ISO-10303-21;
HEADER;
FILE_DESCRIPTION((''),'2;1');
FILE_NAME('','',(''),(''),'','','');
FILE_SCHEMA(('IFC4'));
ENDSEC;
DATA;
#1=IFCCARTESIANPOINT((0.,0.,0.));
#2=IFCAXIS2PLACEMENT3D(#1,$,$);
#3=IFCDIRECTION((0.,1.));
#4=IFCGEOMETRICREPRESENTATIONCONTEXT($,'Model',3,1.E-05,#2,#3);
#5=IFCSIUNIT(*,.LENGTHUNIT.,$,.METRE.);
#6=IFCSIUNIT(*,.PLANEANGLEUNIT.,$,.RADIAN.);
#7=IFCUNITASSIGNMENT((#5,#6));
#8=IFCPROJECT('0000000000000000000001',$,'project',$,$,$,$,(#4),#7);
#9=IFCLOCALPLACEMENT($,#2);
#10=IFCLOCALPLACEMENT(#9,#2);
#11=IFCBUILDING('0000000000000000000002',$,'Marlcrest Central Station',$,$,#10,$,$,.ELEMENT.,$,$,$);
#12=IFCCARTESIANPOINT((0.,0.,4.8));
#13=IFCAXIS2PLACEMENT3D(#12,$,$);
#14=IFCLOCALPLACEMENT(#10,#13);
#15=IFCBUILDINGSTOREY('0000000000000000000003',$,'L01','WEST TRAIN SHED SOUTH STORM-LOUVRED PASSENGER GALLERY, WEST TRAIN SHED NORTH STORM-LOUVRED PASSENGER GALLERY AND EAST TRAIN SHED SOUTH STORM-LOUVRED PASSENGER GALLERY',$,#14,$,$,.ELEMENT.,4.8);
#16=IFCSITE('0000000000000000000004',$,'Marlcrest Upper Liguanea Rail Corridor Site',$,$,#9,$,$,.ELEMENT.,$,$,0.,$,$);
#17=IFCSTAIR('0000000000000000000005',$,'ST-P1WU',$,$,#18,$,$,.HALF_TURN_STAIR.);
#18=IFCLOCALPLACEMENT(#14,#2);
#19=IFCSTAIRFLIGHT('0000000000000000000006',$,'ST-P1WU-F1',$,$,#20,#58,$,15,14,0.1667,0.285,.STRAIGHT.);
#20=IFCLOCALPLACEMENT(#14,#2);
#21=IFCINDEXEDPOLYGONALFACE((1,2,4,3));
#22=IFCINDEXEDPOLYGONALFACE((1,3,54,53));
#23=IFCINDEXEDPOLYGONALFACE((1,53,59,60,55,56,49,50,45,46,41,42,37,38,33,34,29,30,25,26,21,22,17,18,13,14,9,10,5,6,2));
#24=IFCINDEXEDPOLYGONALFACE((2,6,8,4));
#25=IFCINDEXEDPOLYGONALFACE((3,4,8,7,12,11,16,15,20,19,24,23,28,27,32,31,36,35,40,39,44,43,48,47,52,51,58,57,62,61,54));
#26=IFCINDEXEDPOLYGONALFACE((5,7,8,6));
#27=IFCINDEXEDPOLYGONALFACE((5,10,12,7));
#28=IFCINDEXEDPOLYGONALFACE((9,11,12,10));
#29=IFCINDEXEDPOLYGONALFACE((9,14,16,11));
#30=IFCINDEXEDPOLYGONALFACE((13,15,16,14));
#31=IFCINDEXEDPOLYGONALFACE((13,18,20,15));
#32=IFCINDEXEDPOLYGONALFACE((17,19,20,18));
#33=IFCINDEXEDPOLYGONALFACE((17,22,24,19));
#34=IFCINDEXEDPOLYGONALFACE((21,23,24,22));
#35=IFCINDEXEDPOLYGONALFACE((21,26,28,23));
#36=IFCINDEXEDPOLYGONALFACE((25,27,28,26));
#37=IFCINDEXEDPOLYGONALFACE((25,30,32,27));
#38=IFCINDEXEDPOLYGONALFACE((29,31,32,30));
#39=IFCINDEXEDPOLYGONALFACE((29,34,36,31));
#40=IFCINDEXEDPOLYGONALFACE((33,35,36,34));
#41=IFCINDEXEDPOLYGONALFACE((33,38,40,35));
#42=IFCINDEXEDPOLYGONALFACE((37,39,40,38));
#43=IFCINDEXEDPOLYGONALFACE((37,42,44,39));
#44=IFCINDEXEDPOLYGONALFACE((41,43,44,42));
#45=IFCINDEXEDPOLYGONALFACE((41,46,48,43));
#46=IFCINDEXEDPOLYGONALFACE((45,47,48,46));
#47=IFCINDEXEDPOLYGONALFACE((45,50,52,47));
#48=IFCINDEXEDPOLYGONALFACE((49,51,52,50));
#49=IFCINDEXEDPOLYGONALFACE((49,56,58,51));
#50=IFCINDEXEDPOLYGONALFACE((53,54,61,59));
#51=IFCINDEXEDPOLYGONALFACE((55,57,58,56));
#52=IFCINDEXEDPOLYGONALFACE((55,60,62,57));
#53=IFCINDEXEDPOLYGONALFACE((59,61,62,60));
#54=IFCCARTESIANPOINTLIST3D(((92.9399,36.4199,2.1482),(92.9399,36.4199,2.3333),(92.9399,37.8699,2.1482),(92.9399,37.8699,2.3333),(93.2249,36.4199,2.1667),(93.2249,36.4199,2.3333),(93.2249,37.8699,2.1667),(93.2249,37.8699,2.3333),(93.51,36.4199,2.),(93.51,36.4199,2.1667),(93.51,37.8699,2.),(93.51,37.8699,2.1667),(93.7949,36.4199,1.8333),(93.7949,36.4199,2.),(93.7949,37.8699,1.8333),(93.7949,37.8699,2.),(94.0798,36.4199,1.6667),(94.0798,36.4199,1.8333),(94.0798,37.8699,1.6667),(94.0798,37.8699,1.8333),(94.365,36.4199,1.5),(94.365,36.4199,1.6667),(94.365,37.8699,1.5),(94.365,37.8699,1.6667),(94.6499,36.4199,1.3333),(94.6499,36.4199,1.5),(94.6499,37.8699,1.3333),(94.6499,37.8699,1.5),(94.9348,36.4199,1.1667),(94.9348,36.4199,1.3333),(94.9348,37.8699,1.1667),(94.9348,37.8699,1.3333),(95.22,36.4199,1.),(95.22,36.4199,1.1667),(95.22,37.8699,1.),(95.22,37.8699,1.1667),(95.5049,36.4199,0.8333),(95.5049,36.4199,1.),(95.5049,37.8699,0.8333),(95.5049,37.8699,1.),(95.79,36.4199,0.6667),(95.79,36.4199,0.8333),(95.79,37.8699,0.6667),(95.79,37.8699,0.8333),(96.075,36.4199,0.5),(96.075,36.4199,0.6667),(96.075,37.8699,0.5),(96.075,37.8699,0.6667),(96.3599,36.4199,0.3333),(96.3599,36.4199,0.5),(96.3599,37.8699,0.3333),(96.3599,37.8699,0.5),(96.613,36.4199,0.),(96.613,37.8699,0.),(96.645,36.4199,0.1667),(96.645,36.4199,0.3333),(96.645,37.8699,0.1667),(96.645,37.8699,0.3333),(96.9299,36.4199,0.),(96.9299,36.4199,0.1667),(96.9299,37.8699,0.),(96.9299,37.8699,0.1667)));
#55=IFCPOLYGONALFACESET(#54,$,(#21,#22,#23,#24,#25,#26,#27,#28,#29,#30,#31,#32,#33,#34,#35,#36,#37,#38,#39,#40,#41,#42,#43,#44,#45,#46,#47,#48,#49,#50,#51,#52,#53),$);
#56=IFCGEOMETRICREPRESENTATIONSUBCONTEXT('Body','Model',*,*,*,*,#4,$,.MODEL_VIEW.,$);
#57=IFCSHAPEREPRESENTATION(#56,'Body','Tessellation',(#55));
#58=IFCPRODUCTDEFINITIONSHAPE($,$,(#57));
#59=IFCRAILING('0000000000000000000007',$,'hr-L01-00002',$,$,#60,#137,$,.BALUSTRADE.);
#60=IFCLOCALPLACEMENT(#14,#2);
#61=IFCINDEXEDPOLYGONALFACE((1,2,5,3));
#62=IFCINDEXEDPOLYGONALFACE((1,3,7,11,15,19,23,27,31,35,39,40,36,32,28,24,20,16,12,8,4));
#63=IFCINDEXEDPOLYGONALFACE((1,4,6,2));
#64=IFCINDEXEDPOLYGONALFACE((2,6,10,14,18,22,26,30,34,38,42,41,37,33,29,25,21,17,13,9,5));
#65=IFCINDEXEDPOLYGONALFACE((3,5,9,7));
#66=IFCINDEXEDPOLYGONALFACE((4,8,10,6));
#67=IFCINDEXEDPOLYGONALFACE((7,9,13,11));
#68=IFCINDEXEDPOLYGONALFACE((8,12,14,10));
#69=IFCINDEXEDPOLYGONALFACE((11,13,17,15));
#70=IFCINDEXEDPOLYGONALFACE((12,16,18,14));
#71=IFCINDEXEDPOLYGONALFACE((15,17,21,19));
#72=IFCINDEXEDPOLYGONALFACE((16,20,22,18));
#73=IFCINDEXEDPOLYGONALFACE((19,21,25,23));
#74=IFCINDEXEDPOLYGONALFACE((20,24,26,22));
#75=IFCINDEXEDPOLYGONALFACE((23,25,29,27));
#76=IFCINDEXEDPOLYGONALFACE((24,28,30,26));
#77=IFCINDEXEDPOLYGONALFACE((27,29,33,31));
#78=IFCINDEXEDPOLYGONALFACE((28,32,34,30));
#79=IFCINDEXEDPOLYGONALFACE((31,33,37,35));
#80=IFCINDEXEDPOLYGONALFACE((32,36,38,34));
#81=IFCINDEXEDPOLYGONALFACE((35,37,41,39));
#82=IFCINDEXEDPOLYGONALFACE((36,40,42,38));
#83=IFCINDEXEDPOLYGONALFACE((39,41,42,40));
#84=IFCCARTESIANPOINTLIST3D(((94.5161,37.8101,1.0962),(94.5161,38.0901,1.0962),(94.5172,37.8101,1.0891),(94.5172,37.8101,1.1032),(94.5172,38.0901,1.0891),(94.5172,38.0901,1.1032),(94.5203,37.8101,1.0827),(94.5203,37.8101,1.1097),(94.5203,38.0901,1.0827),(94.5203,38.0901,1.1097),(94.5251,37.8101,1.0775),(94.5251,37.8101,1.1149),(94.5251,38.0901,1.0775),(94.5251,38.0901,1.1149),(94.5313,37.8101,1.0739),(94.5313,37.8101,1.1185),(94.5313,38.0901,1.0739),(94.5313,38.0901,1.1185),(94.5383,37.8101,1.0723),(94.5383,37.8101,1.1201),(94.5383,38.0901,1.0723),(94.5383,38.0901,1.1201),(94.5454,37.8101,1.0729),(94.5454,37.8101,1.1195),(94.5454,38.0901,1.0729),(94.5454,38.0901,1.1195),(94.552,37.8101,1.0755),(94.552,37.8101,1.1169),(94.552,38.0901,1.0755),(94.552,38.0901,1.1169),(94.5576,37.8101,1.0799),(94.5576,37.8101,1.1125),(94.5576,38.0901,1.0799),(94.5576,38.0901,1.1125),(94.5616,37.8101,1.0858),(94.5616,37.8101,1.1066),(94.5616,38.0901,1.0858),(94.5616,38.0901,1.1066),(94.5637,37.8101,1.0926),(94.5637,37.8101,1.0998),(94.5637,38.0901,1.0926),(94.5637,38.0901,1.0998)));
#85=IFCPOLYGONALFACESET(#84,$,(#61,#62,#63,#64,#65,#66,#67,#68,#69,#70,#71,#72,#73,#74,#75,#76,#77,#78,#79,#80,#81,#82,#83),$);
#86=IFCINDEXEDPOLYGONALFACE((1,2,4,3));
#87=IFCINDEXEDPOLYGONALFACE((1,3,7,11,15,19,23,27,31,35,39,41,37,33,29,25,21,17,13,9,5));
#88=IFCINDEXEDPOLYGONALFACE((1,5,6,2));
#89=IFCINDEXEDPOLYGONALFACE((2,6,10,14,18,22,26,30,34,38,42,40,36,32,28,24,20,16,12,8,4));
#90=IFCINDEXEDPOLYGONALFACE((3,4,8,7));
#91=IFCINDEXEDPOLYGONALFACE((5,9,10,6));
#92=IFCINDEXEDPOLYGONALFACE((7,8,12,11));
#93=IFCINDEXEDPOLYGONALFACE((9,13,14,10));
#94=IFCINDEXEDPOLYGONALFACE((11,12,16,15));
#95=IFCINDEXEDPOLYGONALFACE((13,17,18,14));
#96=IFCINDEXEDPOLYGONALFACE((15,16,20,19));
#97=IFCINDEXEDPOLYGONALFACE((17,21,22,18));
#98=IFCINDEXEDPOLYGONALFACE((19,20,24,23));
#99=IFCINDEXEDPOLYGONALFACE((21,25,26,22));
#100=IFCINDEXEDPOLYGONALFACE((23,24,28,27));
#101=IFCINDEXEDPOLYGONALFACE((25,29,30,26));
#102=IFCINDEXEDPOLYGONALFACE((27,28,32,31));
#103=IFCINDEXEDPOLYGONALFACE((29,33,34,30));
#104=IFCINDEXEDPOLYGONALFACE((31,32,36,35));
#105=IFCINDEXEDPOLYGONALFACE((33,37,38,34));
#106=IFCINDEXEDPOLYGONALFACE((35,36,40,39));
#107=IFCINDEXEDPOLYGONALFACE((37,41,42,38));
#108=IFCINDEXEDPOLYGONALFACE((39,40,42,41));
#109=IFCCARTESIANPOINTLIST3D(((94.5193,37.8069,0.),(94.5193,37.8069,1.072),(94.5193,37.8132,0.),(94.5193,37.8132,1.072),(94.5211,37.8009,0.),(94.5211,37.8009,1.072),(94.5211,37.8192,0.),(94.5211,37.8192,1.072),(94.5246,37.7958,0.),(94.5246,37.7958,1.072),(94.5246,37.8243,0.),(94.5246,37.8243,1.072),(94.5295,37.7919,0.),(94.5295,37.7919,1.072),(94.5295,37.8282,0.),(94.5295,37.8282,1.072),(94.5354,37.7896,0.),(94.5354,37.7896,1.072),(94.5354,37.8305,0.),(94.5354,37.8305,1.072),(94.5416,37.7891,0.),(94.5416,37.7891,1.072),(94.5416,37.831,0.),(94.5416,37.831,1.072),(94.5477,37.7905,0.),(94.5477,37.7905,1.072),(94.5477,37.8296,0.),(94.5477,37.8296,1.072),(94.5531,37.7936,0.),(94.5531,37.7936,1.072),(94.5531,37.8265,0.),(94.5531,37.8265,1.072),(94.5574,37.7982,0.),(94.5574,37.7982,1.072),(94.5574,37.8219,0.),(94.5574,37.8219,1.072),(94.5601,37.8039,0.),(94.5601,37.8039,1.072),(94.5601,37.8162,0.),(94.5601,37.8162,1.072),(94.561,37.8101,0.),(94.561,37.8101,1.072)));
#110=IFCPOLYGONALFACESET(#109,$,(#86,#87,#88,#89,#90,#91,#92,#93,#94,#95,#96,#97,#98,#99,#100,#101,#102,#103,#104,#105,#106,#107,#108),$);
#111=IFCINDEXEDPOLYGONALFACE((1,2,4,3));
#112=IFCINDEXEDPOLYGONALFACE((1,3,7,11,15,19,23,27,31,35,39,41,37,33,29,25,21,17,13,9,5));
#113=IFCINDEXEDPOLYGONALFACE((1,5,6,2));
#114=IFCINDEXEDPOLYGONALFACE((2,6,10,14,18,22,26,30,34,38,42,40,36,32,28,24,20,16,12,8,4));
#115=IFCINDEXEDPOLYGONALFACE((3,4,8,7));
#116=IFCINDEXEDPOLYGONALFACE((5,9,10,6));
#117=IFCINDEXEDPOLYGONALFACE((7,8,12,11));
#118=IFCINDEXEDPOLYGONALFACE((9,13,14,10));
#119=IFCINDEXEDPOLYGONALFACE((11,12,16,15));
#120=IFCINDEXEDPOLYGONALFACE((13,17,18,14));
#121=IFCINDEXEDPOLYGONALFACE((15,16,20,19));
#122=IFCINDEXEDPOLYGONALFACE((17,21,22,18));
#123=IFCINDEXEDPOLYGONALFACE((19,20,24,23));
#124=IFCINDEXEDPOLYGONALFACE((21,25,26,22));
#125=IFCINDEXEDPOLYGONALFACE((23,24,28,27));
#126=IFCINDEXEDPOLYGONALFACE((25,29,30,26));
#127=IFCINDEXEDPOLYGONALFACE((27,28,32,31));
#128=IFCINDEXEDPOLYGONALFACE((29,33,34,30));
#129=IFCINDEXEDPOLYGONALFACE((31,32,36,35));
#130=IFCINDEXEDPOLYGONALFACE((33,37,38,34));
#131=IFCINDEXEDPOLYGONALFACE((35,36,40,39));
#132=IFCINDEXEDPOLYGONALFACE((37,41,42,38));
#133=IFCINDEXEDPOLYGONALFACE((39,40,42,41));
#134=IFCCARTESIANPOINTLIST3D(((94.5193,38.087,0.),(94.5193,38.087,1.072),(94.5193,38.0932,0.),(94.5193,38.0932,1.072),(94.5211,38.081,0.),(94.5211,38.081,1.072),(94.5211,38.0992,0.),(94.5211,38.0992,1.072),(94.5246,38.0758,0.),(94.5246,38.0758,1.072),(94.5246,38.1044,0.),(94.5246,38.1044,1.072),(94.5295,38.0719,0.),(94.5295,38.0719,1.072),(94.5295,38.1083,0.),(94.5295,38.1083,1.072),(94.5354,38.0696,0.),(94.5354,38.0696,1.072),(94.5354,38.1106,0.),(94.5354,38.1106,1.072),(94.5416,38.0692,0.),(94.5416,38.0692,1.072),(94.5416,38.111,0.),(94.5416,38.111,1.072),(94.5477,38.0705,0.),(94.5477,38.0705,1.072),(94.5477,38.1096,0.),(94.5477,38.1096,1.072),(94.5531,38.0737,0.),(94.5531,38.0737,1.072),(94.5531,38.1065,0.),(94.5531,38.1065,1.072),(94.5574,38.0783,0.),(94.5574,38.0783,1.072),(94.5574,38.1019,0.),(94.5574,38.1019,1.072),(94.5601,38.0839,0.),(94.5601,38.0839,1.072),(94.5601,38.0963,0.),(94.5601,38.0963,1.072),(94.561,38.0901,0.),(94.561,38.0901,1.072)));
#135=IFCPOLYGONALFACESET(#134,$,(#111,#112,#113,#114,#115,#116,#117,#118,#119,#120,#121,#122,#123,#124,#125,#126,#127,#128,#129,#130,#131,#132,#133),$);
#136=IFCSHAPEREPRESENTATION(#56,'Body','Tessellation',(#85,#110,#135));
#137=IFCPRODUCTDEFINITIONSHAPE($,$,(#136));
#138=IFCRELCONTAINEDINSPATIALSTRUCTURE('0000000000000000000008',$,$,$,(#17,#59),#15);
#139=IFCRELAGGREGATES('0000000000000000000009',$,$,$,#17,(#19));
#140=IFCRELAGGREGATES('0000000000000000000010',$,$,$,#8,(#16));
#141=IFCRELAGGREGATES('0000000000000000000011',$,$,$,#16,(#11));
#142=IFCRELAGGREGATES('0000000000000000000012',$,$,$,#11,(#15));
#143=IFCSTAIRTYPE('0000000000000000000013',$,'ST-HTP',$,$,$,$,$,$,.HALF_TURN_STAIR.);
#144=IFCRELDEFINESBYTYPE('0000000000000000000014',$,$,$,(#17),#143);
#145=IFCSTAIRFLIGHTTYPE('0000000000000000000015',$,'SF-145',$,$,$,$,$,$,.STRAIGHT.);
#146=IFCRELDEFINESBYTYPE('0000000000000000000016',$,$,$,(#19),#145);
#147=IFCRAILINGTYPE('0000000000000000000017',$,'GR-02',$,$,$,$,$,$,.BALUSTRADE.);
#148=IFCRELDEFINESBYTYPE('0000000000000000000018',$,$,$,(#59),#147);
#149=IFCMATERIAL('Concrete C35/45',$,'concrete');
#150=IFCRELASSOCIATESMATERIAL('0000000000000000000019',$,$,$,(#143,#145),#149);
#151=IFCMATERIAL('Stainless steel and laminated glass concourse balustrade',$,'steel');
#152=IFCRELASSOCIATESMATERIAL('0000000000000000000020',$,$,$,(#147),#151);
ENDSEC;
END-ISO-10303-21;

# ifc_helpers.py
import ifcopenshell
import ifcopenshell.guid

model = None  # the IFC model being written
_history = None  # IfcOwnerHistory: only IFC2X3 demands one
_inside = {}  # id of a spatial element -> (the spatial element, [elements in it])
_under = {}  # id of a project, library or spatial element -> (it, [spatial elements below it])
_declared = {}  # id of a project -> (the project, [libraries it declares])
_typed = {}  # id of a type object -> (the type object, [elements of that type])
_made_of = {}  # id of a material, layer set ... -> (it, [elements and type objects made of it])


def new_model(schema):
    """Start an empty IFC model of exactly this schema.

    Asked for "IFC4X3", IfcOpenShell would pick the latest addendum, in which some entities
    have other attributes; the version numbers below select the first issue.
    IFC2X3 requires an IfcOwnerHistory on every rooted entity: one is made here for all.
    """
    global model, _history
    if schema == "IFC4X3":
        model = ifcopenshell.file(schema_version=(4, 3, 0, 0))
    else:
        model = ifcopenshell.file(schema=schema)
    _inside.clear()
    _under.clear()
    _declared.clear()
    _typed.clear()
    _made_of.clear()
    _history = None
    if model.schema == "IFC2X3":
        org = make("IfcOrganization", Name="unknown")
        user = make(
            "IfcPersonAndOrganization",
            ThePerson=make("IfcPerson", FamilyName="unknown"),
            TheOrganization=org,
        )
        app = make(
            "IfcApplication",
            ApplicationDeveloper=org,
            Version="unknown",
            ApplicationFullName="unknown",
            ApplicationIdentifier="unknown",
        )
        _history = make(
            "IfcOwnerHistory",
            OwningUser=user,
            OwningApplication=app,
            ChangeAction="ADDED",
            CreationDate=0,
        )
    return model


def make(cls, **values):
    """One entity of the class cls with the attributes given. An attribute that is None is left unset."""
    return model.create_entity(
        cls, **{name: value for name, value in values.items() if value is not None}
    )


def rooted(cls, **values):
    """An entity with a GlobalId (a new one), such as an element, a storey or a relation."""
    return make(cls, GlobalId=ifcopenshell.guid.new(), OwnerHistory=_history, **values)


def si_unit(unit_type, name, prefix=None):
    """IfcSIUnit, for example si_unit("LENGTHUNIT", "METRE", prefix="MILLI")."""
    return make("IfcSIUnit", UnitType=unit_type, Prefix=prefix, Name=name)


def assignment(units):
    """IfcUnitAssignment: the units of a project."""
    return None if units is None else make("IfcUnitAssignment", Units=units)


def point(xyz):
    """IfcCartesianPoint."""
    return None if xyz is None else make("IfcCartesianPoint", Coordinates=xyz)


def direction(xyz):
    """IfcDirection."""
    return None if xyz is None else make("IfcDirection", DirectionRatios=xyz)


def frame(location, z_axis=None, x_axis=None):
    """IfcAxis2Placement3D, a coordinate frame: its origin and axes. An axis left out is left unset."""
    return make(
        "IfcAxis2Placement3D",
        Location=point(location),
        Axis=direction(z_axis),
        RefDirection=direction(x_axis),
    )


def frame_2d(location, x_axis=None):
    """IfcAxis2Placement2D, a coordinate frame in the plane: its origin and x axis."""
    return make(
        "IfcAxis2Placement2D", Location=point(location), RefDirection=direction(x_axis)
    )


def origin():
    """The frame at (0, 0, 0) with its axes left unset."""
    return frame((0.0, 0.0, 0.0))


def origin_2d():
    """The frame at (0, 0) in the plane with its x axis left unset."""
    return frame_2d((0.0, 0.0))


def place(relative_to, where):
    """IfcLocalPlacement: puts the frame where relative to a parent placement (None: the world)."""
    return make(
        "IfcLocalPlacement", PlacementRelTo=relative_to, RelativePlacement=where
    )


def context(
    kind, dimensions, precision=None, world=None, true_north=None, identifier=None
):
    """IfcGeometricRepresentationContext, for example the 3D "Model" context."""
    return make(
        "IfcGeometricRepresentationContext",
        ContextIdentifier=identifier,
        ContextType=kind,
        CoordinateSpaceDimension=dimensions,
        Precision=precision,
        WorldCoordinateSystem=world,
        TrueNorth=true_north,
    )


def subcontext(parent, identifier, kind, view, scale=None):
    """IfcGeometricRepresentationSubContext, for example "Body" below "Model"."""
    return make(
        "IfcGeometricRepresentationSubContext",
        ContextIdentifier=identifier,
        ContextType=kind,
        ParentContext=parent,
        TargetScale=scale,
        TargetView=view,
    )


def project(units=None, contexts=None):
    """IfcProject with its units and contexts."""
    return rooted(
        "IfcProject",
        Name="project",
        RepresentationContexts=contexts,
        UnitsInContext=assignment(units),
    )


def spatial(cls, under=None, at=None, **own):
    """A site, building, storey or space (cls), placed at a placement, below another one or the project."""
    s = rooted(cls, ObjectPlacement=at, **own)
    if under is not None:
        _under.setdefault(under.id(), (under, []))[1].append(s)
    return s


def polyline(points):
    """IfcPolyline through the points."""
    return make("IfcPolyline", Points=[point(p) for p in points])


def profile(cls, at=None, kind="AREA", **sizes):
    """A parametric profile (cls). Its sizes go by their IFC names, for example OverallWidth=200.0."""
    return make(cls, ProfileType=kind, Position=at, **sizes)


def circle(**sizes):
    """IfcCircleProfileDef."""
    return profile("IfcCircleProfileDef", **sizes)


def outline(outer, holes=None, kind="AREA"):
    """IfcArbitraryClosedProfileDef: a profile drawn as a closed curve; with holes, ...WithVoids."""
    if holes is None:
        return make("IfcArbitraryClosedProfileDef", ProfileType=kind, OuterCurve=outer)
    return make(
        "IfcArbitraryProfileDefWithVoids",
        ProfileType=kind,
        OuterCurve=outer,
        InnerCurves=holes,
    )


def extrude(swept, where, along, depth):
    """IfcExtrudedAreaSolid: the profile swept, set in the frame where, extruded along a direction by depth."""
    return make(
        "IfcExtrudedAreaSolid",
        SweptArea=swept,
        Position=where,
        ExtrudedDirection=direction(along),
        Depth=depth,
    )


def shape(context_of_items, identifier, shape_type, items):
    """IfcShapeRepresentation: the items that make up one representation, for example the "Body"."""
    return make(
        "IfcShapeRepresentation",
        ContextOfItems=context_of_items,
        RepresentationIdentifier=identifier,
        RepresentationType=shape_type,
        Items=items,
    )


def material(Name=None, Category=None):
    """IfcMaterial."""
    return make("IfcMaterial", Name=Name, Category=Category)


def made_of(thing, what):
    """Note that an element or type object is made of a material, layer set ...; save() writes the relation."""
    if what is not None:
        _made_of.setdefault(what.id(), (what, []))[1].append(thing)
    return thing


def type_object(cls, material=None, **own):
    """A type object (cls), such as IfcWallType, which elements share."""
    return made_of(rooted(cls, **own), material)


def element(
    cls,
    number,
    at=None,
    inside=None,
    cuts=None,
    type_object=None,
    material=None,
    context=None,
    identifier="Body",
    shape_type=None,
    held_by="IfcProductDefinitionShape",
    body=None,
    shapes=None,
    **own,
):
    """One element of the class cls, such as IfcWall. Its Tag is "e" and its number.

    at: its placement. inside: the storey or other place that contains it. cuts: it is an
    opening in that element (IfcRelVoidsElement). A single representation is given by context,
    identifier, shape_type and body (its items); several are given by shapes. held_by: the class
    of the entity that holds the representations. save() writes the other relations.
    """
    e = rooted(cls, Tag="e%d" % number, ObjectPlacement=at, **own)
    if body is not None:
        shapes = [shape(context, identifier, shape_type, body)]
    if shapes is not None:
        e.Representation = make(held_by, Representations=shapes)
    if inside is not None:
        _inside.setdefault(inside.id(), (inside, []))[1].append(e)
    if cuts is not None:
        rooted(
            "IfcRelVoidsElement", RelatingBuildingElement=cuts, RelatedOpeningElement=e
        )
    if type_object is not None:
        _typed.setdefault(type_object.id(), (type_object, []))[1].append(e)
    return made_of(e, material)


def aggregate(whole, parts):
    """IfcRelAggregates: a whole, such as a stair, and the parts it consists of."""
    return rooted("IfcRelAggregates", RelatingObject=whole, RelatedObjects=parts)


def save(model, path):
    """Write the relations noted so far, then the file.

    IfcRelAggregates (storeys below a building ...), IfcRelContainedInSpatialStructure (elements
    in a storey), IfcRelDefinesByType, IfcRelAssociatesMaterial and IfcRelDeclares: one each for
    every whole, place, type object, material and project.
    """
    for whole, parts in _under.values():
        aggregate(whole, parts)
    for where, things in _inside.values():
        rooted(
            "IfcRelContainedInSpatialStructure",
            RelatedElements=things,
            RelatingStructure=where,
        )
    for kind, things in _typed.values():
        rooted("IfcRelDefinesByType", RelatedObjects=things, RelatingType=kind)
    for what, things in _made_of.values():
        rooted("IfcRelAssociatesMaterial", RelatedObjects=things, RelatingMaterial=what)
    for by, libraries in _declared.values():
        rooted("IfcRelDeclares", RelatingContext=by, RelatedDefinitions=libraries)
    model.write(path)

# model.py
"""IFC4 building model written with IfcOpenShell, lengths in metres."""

from ifc_helpers import new_model, si_unit, direction, frame, origin, origin_2d, place, context, subcontext, project, spatial, polyline, circle, outline, extrude, material, type_object, element, aggregate, save


model = new_model("IFC4")

# Units and contexts
model_context = context("Model", 3, precision=1e-05, world=origin(), true_north=direction((0.0, 1.0)))
body_context = subcontext(model_context, "Body", "Model", "MODEL_VIEW")
ifc_project = project(units=[si_unit("LENGTHUNIT", "METRE"), si_unit("PLANEANGLEUNIT", "RADIAN")], contexts=[model_context])

# Site, building, storey
site_placement = place(None, origin())
site = spatial("IfcSite", under=ifc_project, at=site_placement, Name="Marlcrest Upper Liguanea Rail Corridor Site", CompositionType="ELEMENT", RefElevation=0.0)
building_placement = place(site_placement, origin())
building = spatial("IfcBuilding", under=site, at=building_placement, Name="Marlcrest Central Station", CompositionType="ELEMENT")
storey_placement = place(building_placement, frame((0.0, 0.0, 4.8)))
storey = spatial("IfcBuildingStorey", under=building, at=storey_placement, Name="L01", Description="WEST TRAIN SHED SOUTH STORM-LOUVRED PASSENGER GALLERY, WEST TRAIN SHED NORTH STORM-LOUVRED PASSENGER GALLERY AND EAST TRAIN SHED SOUTH STORM-LOUVRED PASSENGER GALLERY", CompositionType="ELEMENT", Elevation=4.8)

# Stair, stair flight
ifc_material_1 = material(Name="Concrete C35/45", Category="concrete")
stair_type = type_object("IfcStairType", Name="ST-HTP", PredefinedType="HALF_TURN_STAIR", material=ifc_material_1)
stair_placement = place(storey_placement, origin())
stair = element("IfcStair", 1, at=stair_placement, inside=storey, type_object=stair_type, Name="ST-P1WU", PredefinedType="HALF_TURN_STAIR")
stair_flight_type = type_object("IfcStairFlightType", Name="SF-145", PredefinedType="STRAIGHT", material=ifc_material_1)
stair_flight_placement = place(storey_placement, frame((96.9299, 37.145, 0.0), z_axis=(0.0, 0.0, 1.0), x_axis=(-1.0, 0.0, 0.0)))
stair_flight = element("IfcStairFlight", 2, at=stair_flight_placement, type_object=stair_flight_type, Name="ST-P1WU-F1", NumberOfRisers=15, NumberOfTreads=14, PredefinedType="STRAIGHT", RiserHeight=0.1667, TreadLength=0.285, context=body_context, shape_type="SweptSolid", body=[
    extrude(outline(polyline([(0.0, 0.0), (0.0, 0.1667), (0.2849, 0.1667), (0.2849, 0.3333), (0.5701, 0.3333), (0.5701, 0.5), (0.855, 0.5), (0.855, 0.6667), (1.1399, 0.6667), (1.1399, 0.8333), (1.425, 0.8333), (1.425, 1.0), (1.71, 1.0), (1.71, 1.1667), (1.9951, 1.1667), (1.9951, 1.3333), (2.28, 1.3333), (2.28, 1.5), (2.5649, 1.5), (2.5649, 1.6667), (2.8501, 1.6667), (2.8501, 1.8333), (3.135, 1.8333), (3.135, 2.0), (3.4199, 2.0), (3.4199, 2.1667), (3.7051, 2.1667), (3.7051, 2.3333), (3.99, 2.3333), (3.99, 2.5), (3.99, 2.1482), (0.3169, 0.0), (0.0, 0.0)])), frame((0.0, 0.7251, 0.0), z_axis=(0.0, -1.0, 0.0), x_axis=(1.0, 0.0, 0.0)), (0.0, 0.0, 1.0), 1.45),
])
aggregate(stair, [stair_flight])

# Railing
ifc_material_2 = material(Name="Stainless steel and laminated glass concourse balustrade", Category="steel")
railing_type_1 = type_object("IfcRailingType", Name="GR-02", PredefinedType="BALUSTRADE", material=ifc_material_2)
railing_1_placement = place(storey_placement, frame((94.54, 37.8101, 0.0)))
element("IfcRailing", 3, at=railing_1_placement, inside=storey, type_object=railing_type_1, Name="hr-L01-00002", PredefinedType="BALUSTRADE", context=body_context, shape_type="SweptSolid", body=[
    extrude(circle(Radius=0.0239, at=origin_2d()), frame((0.0, 0.0, 1.0962), z_axis=(0.0, 1.0, 0.0), x_axis=(-1.0, 0.0, 0.0)), (0.0, 0.0, 1.0), 0.28),
    extrude(circle(Radius=0.021, at=origin_2d()), origin(), (0.0, 0.0, 1.0), 1.072),
    extrude(circle(Radius=0.021, at=origin_2d()), frame((0.0, 0.28, 0.0)), (0.0, 0.0, 1.0), 1.072),
])

save(model, "model.ifc")
